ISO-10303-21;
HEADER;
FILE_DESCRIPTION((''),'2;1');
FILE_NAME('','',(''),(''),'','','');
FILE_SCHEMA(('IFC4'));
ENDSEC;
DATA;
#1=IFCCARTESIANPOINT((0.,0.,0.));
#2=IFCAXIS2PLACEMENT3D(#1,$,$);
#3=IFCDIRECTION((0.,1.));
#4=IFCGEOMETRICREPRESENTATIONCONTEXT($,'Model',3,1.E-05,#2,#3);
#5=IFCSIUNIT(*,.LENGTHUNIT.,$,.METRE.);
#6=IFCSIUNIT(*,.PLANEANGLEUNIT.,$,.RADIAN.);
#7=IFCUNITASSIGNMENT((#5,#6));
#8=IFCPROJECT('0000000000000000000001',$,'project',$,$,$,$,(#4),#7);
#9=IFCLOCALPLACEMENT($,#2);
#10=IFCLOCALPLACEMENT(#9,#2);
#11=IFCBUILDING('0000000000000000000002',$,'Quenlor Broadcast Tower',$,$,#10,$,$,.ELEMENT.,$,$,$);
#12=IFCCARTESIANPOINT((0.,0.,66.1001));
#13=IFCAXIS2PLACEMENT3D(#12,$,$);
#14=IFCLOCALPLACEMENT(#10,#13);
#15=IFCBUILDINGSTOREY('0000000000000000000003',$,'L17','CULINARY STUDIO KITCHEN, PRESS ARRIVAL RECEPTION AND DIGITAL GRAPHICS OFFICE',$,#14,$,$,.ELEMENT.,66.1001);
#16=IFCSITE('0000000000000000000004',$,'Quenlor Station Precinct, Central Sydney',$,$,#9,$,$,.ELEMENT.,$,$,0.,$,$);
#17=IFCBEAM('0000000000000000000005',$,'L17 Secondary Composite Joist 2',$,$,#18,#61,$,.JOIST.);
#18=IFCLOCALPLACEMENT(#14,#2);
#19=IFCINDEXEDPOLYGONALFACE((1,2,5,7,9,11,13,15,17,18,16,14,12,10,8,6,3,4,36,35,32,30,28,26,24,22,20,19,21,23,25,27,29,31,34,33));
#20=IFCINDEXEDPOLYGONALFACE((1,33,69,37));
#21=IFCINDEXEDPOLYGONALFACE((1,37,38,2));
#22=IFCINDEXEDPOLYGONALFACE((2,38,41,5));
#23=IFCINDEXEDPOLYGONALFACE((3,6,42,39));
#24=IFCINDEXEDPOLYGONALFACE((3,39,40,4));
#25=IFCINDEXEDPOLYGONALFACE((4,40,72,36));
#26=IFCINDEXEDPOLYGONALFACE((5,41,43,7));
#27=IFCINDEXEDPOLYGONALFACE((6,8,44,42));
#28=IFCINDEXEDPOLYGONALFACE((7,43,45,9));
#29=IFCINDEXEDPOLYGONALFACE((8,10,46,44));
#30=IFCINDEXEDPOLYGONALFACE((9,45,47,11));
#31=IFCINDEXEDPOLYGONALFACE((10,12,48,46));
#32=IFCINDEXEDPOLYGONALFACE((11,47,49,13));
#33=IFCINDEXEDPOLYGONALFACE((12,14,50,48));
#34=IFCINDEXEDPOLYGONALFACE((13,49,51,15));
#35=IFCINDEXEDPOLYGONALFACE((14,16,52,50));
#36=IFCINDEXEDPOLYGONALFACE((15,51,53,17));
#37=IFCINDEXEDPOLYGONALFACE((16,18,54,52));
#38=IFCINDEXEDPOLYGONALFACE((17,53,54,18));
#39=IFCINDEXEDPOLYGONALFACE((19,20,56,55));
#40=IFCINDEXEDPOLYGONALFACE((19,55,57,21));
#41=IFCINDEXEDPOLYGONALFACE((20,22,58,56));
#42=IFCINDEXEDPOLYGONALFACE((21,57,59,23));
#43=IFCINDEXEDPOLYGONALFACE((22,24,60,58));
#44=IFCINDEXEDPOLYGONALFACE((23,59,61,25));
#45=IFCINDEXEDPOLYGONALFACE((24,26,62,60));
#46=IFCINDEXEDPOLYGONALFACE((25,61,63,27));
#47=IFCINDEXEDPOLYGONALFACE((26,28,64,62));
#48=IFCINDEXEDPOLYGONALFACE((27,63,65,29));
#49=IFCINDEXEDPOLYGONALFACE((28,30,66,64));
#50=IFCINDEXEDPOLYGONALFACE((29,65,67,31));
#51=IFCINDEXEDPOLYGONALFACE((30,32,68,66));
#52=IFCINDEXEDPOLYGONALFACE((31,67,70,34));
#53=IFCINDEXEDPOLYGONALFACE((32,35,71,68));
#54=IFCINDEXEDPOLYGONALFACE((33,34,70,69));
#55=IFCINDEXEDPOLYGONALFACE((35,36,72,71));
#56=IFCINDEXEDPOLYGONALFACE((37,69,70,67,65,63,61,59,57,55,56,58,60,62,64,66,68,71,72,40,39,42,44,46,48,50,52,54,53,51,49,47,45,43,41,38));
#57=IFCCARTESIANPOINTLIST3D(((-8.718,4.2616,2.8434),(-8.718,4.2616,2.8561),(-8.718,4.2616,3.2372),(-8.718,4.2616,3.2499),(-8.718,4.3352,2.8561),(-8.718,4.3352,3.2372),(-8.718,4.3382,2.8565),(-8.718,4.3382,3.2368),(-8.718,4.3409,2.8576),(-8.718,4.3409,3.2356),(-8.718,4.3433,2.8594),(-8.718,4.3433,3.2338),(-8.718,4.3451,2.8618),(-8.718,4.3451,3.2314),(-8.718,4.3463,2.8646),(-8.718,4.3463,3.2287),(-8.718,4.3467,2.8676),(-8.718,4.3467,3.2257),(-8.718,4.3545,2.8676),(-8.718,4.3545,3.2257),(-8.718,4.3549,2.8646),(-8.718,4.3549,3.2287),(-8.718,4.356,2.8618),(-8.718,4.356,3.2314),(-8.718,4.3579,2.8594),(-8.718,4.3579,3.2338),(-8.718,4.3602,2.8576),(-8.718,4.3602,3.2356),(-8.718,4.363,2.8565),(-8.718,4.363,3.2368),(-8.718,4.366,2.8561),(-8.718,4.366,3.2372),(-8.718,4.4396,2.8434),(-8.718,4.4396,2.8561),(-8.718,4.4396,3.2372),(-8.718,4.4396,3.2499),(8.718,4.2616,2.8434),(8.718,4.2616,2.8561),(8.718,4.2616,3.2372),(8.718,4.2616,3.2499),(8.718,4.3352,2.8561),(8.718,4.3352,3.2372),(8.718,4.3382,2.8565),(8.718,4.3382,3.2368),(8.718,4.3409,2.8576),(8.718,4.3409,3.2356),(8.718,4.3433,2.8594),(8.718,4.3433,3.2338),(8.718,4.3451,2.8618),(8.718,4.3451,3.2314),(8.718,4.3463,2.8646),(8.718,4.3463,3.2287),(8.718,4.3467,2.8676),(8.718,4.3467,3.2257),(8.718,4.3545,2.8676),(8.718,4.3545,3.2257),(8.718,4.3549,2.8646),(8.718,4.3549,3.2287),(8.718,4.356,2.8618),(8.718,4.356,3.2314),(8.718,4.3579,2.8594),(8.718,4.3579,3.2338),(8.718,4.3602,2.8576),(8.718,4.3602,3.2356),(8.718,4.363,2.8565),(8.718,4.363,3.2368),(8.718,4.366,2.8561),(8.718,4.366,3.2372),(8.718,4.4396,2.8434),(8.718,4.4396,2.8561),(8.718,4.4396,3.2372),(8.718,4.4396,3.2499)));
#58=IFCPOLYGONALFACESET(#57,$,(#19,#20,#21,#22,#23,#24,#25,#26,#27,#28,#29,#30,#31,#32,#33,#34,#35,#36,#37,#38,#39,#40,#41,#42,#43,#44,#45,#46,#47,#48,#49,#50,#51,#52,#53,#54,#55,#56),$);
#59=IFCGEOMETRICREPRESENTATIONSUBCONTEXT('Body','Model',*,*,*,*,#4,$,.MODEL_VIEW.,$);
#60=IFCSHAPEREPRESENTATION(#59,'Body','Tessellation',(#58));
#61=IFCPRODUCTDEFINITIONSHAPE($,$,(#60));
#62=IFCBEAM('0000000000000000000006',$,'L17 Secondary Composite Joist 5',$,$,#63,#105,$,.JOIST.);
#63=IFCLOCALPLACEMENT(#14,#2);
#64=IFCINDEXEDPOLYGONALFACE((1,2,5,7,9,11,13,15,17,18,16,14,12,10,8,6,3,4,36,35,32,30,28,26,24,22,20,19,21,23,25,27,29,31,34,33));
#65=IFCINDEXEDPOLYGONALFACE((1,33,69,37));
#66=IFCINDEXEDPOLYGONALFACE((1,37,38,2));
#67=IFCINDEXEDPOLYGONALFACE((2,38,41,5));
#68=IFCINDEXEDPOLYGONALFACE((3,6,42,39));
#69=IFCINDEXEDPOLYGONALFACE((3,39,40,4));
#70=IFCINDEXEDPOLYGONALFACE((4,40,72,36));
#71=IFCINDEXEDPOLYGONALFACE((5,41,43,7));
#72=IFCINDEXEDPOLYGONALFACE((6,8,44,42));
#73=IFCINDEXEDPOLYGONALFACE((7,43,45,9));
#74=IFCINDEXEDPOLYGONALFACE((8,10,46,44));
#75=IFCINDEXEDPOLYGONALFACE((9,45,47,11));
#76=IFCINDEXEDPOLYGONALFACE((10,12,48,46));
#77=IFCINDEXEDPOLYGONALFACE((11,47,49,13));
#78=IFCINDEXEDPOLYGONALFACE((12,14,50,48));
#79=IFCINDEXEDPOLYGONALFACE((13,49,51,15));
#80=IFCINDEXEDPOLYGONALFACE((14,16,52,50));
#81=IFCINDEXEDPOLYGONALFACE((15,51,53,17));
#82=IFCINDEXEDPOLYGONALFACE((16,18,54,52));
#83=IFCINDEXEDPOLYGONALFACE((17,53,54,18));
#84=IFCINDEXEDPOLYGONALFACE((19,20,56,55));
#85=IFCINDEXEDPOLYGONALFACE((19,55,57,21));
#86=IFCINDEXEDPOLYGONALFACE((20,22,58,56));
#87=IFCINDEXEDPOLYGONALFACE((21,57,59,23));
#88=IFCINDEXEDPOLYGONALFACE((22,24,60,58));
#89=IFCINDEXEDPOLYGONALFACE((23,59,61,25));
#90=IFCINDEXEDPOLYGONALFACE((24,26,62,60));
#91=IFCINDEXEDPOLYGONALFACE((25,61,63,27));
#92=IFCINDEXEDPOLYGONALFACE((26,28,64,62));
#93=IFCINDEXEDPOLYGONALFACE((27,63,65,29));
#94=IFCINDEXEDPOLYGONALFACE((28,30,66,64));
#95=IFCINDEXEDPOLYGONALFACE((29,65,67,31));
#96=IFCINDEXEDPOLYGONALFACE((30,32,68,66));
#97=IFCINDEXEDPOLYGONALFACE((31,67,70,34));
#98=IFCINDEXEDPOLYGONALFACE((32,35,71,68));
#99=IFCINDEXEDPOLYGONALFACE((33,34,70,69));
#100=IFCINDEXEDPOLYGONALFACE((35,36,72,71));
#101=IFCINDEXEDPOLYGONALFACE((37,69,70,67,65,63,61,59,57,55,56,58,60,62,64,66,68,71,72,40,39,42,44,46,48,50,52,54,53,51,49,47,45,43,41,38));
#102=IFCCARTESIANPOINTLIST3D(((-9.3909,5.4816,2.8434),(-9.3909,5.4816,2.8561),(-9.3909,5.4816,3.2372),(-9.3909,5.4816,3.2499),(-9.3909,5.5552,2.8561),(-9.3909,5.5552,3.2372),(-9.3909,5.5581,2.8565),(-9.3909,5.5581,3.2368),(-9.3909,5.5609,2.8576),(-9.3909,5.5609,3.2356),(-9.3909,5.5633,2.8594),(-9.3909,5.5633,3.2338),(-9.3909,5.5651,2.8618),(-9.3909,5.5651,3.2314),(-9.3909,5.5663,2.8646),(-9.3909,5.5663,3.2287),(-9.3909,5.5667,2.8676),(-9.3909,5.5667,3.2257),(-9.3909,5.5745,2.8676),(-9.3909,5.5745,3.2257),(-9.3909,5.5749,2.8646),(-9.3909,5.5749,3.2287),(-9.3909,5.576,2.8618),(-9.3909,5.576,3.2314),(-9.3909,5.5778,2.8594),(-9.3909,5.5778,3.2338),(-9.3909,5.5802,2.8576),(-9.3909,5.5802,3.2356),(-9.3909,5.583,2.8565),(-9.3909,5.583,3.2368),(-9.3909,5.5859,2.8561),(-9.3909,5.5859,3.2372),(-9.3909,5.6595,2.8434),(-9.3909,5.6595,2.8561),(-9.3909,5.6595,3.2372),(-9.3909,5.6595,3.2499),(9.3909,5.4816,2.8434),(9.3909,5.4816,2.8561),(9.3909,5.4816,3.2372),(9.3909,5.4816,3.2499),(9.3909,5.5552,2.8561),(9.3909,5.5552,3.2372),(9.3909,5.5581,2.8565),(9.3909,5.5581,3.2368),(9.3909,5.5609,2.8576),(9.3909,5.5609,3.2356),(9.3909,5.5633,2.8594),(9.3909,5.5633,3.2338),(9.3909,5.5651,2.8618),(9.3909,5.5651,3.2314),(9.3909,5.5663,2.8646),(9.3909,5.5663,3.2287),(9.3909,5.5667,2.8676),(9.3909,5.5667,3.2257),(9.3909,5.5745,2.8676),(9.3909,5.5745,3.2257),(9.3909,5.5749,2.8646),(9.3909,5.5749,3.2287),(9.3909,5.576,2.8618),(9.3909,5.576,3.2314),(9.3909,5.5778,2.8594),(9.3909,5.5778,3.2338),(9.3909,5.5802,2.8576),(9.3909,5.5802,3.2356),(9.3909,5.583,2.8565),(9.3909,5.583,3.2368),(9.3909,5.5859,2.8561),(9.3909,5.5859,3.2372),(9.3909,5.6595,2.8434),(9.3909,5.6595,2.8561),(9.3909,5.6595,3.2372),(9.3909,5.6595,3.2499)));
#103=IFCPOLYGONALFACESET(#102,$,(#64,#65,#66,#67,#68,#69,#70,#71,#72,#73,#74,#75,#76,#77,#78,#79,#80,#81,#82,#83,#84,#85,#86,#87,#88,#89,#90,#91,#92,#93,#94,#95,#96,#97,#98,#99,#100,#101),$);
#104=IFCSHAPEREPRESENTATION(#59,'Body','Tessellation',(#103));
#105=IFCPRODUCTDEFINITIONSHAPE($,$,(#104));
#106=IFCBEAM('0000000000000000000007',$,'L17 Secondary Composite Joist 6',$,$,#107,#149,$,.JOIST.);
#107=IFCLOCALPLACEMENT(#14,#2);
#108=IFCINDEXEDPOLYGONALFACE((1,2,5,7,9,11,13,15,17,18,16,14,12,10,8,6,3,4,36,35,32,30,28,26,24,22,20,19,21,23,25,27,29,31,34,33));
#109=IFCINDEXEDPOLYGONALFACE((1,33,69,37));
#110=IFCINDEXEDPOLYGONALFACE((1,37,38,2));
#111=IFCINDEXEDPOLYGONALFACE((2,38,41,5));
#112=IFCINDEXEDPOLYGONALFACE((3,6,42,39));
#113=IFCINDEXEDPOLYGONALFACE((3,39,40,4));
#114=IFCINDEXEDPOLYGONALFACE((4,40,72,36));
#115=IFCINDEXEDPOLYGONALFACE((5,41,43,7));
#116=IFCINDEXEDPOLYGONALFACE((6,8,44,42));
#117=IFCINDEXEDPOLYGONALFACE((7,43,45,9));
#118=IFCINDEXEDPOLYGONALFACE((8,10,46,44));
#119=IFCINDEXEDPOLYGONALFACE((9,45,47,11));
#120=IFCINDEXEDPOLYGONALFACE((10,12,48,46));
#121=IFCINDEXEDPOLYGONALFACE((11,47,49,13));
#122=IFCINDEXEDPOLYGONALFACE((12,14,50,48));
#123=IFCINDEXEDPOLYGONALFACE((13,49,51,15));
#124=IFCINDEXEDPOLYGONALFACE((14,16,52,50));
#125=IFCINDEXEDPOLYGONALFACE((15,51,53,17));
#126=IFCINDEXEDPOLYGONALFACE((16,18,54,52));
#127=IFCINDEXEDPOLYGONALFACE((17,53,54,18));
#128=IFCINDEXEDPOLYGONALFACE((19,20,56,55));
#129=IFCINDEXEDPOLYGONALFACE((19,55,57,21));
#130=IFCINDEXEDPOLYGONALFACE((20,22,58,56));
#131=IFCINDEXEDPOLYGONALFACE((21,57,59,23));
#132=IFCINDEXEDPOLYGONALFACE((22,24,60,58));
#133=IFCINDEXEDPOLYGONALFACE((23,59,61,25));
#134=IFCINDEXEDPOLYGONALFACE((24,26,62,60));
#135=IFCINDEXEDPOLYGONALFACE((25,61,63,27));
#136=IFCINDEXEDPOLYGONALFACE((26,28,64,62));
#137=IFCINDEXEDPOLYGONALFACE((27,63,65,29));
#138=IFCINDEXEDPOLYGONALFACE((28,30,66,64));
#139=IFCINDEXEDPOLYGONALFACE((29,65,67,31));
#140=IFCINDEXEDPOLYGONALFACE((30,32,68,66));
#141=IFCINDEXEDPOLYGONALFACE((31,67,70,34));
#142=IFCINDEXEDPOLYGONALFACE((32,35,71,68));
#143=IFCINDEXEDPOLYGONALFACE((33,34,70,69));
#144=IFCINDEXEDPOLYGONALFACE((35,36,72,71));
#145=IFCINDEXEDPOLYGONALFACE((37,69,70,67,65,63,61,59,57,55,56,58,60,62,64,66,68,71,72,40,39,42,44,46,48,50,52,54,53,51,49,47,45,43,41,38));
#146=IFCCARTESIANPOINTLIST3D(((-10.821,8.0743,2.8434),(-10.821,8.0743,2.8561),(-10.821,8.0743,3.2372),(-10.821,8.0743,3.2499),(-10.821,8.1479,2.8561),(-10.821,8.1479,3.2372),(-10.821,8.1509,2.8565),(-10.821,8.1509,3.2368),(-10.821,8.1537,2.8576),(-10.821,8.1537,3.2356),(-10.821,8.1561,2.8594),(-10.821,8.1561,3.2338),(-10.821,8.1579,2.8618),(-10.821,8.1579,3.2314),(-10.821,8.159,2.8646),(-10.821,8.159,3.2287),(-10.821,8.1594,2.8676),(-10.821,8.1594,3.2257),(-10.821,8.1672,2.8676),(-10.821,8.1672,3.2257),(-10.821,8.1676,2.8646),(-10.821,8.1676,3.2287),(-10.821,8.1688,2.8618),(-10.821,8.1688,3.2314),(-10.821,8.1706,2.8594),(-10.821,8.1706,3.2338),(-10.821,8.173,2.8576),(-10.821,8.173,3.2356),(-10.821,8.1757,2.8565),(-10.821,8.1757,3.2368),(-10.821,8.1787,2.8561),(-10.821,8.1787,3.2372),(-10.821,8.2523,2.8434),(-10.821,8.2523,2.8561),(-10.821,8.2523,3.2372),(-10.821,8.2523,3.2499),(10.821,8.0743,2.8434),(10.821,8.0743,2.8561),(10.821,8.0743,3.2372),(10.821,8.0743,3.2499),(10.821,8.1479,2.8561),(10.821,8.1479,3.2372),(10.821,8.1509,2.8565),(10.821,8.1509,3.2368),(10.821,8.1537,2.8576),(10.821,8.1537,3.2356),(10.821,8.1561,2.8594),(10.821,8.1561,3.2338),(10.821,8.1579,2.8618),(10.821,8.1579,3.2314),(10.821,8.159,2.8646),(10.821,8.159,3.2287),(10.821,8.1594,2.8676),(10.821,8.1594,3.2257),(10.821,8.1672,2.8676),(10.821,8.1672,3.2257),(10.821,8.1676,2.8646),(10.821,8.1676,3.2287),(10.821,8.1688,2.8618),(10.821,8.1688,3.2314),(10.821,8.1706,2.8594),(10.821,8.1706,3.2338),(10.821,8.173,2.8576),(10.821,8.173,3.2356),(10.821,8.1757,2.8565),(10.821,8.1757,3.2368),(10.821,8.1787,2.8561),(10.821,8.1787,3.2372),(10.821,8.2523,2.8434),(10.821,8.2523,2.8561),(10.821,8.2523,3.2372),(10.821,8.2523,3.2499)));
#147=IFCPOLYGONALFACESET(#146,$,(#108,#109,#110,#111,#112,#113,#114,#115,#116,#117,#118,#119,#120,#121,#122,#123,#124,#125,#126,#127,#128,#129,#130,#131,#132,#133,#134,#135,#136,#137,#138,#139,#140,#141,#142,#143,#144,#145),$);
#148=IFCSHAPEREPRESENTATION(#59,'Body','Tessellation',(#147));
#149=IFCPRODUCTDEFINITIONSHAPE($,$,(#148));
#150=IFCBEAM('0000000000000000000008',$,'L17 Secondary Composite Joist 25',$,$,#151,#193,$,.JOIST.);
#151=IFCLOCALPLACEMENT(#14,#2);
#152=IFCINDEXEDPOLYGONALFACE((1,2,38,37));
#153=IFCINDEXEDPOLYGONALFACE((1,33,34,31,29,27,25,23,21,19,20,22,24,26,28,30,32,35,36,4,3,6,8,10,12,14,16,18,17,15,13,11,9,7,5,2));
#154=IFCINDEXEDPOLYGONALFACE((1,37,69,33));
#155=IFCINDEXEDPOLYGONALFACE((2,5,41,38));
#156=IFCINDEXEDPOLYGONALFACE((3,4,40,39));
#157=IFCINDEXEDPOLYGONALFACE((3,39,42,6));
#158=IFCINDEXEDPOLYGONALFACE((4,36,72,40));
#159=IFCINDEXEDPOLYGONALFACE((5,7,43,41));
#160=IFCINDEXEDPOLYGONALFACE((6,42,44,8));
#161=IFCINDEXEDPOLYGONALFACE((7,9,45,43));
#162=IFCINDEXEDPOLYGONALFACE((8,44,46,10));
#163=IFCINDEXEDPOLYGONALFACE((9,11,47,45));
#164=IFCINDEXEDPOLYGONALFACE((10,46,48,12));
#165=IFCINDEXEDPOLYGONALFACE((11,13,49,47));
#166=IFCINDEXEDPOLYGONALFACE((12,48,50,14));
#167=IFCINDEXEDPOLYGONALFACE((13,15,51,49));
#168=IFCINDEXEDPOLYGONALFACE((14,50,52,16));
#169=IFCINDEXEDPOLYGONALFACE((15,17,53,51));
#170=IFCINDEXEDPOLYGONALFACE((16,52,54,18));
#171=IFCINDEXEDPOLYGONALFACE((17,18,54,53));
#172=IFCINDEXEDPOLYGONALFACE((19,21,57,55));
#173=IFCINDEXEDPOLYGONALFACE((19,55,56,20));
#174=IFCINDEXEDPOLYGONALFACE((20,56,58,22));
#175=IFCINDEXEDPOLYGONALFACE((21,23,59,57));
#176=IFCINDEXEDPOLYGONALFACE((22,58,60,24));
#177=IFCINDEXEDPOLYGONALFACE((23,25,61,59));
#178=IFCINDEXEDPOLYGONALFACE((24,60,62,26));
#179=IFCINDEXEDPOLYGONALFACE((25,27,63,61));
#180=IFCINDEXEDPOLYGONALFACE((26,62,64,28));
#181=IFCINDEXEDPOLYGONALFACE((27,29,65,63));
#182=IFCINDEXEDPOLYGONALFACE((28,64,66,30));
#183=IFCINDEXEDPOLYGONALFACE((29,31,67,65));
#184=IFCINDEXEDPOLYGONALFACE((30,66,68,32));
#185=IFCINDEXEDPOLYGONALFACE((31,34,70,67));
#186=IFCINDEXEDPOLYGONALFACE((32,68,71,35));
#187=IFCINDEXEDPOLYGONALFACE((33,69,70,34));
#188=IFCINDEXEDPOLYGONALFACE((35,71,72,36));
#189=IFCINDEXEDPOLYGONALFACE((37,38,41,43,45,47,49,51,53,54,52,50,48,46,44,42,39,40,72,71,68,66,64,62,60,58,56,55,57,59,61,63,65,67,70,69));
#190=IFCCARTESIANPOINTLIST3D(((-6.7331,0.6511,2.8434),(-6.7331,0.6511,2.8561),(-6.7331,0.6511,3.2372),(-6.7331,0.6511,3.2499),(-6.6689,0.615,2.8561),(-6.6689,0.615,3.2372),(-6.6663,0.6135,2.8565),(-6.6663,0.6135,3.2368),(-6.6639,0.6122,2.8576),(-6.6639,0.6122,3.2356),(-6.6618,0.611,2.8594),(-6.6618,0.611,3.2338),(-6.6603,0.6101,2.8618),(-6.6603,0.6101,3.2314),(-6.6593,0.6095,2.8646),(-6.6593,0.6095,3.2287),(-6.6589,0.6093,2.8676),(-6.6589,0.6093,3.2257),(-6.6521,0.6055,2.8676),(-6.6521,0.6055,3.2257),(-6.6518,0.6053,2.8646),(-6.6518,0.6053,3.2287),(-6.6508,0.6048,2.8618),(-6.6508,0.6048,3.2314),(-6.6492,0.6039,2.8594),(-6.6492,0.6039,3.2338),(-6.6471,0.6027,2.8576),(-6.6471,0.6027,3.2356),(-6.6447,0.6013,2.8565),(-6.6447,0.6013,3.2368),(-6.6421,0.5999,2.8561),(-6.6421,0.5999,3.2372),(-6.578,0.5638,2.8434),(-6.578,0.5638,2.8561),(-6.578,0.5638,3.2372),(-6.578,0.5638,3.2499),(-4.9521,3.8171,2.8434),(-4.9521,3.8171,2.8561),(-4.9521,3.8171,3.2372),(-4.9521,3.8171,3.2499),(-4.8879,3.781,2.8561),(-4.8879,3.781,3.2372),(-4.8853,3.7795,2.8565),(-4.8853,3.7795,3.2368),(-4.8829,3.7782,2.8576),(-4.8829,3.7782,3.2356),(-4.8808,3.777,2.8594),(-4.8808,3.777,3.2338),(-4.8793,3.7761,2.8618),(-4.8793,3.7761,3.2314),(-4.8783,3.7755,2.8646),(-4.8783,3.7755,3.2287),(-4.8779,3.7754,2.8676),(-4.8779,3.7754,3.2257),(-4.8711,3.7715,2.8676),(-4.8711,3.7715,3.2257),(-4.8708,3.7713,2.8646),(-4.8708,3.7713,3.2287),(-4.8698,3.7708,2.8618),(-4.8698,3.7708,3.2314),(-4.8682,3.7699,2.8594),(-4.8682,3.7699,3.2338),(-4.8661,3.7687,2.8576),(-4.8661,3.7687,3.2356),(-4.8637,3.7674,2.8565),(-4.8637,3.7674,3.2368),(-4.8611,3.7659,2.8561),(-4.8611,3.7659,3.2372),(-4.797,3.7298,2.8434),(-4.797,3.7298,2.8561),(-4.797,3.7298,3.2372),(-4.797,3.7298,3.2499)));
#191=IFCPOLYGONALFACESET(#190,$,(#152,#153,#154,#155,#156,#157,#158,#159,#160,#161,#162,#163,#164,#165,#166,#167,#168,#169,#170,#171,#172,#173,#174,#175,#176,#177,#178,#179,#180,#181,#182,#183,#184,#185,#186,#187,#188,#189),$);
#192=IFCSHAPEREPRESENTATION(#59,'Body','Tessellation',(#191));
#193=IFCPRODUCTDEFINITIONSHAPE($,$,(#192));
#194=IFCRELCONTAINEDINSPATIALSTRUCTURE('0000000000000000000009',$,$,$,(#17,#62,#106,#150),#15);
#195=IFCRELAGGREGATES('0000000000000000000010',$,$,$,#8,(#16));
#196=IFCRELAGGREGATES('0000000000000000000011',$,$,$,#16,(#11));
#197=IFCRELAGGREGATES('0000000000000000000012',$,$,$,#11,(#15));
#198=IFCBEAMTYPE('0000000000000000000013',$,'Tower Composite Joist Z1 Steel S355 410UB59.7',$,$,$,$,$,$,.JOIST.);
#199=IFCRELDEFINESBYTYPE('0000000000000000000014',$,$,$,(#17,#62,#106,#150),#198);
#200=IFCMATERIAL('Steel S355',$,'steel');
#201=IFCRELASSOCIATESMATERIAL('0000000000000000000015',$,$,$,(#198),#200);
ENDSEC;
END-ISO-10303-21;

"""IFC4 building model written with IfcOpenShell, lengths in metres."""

from ifc_helpers import new_model, si_unit, direction, frame, origin, origin_2d, place, context, subcontext, project, spatial, i_section, extrude, material, material_profile, profile_set, type_object, element, save


model = new_model("IFC4")

# Units and contexts
model_context = context("Model", 3, precision=1e-05, world=origin(), true_north=direction((0.0, 1.0)))
body_context = subcontext(model_context, "Body", "Model", "MODEL_VIEW")
ifc_project = project(units=[si_unit("LENGTHUNIT", "METRE"), si_unit("PLANEANGLEUNIT", "RADIAN")], contexts=[model_context])

# Site, building, storey
site_placement = place(None, origin())
site = spatial("IfcSite", under=ifc_project, at=site_placement, Name="Quenlor Station Precinct, Central Sydney", CompositionType="ELEMENT", RefElevation=0.0)
building_placement = place(site_placement, origin())
building = spatial("IfcBuilding", under=site, at=building_placement, Name="Quenlor Broadcast Tower", CompositionType="ELEMENT")
storey_placement = place(building_placement, frame((0.0, 0.0, 66.1001)))
storey = spatial("IfcBuildingStorey", under=building, at=storey_placement, Name="L17", Description="CULINARY STUDIO KITCHEN, PRESS ARRIVAL RECEPTION AND DIGITAL GRAPHICS OFFICE", CompositionType="ELEMENT", Elevation=66.1001)

# Beams
ifc_material_1 = material(Name="Steel S355", Category="steel")
ifc_material_profile_1 = material_profile(ifc_material_1, i_section(OverallWidth=0.178, OverallDepth=0.4065, WebThickness=0.0078, FlangeThickness=0.0127, FilletRadius=0.0115, at=origin_2d()))
ifc_profile_set_1 = profile_set([ifc_material_profile_1], Name="Steel S355 410UB59.7")
beam_type_1 = type_object("IfcBeamType", Name="Tower Composite Joist Z1 Steel S355 410UB59.7", PredefinedType="JOIST", material=ifc_profile_set_1)
beam_1_placement = place(storey_placement, frame((-8.718, 4.3506, 3.0466), z_axis=(1.0, 0.0, 0.0), x_axis=(0.0, 1.0, 0.0)))
element("IfcBeam", 1, at=beam_1_placement, inside=storey, type_object=beam_type_1, Name="L17 Secondary Composite Joist 2", PredefinedType="JOIST", context=body_context, shape_type="SweptSolid", body=[
    extrude(i_section(OverallWidth=0.178, OverallDepth=0.4065, WebThickness=0.0078, FlangeThickness=0.0127, FilletRadius=0.0115, at=origin_2d()), origin(), (0.0, 0.0, 1.0), 17.436),
])
beam_2_placement = place(storey_placement, frame((-9.3909, 5.5706, 3.0466), z_axis=(1.0, 0.0, 0.0), x_axis=(0.0, 1.0, 0.0)))
element("IfcBeam", 2, at=beam_2_placement, inside=storey, type_object=beam_type_1, Name="L17 Secondary Composite Joist 5", PredefinedType="JOIST", context=body_context, shape_type="SweptSolid", body=[
    extrude(i_section(OverallWidth=0.178, OverallDepth=0.4065, WebThickness=0.0078, FlangeThickness=0.0127, FilletRadius=0.0115, at=origin_2d()), origin(), (0.0, 0.0, 1.0), 18.7817),
])
beam_3_placement = place(storey_placement, frame((-10.821, 8.1633, 3.0466), z_axis=(1.0, 0.0, 0.0), x_axis=(0.0, 1.0, 0.0)))
element("IfcBeam", 3, at=beam_3_placement, inside=storey, type_object=beam_type_1, Name="L17 Secondary Composite Joist 6", PredefinedType="JOIST", context=body_context, shape_type="SweptSolid", body=[
    extrude(i_section(OverallWidth=0.178, OverallDepth=0.4065, WebThickness=0.0078, FlangeThickness=0.0127, FilletRadius=0.0115, at=origin_2d()), origin(), (0.0, 0.0, 1.0), 21.6421),
])
beam_4_placement = place(storey_placement, frame((-4.8745, 3.7734, 3.0466), z_axis=(-0.490287, -0.871561, 0.0), x_axis=(0.871561, -0.490287, 0.0)))
element("IfcBeam", 4, at=beam_4_placement, inside=storey, type_object=beam_type_1, Name="L17 Secondary Composite Joist 25", PredefinedType="JOIST", context=body_context, shape_type="SweptSolid", body=[
    extrude(i_section(OverallWidth=0.178, OverallDepth=0.4065, WebThickness=0.0078, FlangeThickness=0.0127, FilletRadius=0.0115, at=origin_2d()), origin(), (0.0, 0.0, 1.0), 3.6326),
])

save(model, "model.ifc")
